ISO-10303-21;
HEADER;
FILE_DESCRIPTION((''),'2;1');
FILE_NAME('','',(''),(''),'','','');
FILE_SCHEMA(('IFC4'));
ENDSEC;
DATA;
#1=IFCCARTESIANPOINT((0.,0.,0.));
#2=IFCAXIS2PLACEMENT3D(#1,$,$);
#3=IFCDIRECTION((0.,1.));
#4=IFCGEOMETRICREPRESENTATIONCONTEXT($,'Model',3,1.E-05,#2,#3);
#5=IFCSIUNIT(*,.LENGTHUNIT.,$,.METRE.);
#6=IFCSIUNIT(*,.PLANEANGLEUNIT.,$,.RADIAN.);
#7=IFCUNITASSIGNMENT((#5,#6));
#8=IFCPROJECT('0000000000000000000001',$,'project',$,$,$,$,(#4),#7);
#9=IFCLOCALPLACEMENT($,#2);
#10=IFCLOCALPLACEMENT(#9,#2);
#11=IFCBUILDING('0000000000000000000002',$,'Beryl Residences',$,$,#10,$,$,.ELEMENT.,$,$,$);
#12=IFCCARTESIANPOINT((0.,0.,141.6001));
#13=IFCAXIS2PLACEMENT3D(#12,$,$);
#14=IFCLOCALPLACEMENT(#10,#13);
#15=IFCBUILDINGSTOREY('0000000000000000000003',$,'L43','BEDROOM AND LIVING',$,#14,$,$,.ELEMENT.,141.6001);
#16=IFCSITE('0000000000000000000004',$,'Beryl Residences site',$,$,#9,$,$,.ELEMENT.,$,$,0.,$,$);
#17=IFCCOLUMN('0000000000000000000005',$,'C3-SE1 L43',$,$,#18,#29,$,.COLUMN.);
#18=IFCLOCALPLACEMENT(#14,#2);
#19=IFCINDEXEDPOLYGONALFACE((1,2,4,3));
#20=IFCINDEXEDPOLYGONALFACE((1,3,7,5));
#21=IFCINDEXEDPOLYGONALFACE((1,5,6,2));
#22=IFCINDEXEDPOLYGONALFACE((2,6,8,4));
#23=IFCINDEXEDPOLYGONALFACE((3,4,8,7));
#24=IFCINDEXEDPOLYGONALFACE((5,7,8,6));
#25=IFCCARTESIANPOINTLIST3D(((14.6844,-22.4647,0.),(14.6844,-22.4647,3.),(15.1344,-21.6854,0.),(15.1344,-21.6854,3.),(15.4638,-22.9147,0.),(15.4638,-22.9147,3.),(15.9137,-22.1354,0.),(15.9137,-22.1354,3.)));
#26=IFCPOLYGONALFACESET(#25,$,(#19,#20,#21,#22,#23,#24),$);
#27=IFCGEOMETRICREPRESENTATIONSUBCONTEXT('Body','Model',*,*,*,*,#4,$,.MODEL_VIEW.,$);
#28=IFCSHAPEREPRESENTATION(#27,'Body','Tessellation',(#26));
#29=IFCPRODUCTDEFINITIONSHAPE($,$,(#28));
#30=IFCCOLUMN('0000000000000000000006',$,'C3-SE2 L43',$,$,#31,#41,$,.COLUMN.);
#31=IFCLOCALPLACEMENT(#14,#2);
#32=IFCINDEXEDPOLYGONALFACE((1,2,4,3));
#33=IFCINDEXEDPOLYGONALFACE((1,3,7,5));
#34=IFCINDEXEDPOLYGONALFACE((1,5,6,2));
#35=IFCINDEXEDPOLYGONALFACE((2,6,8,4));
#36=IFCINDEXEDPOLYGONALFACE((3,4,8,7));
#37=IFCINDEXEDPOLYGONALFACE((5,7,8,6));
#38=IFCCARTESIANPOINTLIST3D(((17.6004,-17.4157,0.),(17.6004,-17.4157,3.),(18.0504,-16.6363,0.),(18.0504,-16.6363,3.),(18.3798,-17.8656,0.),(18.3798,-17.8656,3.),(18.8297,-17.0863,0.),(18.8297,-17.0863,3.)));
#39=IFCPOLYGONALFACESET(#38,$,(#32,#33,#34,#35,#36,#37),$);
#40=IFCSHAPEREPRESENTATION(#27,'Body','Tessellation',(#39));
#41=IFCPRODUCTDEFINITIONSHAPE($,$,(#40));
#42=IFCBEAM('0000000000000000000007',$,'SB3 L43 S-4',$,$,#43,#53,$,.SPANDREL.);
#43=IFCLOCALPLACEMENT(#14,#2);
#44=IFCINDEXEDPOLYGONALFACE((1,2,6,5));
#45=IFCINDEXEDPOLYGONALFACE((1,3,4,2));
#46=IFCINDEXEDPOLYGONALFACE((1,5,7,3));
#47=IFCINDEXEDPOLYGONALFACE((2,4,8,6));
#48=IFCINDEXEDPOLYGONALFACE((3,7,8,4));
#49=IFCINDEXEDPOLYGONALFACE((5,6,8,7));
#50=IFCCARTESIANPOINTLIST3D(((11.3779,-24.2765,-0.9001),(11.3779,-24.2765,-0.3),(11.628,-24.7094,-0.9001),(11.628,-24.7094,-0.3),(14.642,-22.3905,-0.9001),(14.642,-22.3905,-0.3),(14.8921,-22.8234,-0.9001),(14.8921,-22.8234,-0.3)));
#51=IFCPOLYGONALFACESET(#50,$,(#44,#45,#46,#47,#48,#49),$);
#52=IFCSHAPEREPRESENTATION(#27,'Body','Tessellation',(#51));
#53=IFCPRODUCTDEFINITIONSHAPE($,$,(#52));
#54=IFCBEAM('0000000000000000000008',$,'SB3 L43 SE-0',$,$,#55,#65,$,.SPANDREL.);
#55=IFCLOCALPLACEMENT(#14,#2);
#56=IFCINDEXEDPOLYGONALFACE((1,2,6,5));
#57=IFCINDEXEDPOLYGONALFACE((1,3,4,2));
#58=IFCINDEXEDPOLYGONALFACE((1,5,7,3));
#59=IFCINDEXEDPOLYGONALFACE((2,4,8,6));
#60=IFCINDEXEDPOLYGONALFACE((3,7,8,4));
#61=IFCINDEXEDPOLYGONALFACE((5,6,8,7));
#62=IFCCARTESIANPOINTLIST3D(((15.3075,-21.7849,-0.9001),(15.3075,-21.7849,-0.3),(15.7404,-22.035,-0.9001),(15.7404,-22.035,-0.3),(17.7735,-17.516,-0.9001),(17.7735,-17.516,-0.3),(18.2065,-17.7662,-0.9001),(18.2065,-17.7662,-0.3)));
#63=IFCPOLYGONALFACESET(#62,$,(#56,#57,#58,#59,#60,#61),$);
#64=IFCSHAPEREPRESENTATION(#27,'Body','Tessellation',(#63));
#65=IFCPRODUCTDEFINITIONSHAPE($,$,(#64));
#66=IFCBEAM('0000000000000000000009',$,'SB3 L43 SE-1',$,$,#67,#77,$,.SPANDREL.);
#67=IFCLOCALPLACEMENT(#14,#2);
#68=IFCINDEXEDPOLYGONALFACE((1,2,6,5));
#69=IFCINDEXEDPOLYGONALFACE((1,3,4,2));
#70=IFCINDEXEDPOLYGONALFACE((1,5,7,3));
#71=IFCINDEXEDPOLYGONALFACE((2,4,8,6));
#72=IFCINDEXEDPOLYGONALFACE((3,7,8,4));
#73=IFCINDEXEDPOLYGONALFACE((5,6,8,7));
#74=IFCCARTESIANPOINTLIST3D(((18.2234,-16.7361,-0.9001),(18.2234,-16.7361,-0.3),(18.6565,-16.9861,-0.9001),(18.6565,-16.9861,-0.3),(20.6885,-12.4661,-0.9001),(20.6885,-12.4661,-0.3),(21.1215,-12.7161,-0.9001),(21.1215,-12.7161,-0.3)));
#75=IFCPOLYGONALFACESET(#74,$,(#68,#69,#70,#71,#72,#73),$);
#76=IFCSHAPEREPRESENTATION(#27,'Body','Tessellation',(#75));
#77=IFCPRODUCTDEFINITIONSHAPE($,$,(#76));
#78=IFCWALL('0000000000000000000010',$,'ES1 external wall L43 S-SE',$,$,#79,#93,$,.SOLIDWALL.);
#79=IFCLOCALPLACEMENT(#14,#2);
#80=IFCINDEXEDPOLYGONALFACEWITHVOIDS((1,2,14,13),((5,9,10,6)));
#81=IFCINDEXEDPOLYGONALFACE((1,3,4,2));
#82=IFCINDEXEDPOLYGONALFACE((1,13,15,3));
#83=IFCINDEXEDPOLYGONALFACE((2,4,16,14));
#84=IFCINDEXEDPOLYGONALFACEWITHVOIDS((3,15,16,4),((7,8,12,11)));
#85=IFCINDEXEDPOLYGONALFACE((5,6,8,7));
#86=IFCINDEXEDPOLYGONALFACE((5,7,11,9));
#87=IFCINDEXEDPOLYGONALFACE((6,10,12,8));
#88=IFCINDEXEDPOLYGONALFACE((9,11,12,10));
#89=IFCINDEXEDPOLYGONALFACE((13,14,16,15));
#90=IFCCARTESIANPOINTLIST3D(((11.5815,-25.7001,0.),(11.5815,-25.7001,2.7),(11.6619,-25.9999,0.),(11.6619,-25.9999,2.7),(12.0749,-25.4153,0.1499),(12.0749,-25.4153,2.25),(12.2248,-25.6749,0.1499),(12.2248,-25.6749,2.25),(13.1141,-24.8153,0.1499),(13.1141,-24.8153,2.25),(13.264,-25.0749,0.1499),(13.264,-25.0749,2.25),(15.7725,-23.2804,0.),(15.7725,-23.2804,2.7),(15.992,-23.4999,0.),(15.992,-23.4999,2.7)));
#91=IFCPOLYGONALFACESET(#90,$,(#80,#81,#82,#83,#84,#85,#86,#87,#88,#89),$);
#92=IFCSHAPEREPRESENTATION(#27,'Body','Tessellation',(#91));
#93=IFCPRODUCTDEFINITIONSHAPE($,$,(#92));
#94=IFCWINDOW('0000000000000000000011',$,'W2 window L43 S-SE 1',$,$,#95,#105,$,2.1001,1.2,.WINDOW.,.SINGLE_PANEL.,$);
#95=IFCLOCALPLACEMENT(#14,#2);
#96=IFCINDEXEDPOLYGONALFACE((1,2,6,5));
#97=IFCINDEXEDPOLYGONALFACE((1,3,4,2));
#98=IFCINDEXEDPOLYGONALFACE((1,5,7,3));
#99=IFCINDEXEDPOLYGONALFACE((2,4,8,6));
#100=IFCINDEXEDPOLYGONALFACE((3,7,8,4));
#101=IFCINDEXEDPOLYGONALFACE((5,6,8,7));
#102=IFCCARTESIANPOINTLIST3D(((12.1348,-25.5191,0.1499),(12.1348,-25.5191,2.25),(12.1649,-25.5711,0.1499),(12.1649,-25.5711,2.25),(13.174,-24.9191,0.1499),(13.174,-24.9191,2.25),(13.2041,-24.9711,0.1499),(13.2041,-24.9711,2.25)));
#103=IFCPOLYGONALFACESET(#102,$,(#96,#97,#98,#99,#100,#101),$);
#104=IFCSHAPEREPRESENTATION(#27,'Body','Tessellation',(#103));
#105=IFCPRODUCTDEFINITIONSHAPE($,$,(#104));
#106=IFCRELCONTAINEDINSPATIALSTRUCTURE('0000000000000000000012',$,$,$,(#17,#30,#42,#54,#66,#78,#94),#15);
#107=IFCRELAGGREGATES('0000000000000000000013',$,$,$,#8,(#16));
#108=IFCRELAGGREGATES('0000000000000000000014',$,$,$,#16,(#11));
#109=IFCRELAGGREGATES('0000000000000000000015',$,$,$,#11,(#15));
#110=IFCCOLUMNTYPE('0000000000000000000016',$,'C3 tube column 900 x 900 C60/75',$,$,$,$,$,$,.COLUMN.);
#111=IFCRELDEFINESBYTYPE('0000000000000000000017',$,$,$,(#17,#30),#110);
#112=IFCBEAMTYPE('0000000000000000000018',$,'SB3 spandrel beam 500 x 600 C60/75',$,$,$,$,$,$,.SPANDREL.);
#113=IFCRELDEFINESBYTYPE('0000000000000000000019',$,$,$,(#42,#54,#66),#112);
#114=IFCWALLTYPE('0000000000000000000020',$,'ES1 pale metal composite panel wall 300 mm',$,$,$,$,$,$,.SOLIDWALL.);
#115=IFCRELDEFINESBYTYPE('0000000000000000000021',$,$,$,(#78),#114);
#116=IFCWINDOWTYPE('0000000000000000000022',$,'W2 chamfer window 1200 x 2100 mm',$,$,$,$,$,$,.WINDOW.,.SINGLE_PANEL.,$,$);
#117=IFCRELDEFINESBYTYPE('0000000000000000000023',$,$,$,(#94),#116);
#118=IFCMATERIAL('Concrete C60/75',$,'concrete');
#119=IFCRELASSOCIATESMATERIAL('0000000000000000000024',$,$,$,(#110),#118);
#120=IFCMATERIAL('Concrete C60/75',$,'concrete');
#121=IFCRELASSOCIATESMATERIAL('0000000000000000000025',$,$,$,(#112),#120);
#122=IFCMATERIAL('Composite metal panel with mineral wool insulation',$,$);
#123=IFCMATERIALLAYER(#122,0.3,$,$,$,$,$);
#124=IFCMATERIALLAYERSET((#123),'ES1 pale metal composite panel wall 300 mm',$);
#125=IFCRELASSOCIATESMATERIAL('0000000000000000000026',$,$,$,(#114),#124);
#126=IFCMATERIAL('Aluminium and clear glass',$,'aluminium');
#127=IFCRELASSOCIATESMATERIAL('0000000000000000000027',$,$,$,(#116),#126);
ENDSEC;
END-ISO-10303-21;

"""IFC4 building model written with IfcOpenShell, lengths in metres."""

from ifc_helpers import new_model, si_unit, direction, frame, frame_2d, origin, origin_2d, place, context, subcontext, project, spatial, polyline, rectangle, outline, extrude, material, layer, layer_set, material_profile, profile_set, type_object, element, fill, save


model = new_model("IFC4")

# Units and contexts
model_context = context("Model", 3, precision=1e-05, world=origin(), true_north=direction((0.0, 1.0)))
body_context = subcontext(model_context, "Body", "Model", "MODEL_VIEW")
ifc_project = project(units=[si_unit("LENGTHUNIT", "METRE"), si_unit("PLANEANGLEUNIT", "RADIAN")], contexts=[model_context])

# Site, building, storey
site_placement = place(None, origin())
site = spatial("IfcSite", under=ifc_project, at=site_placement, Name="Beryl Residences site", CompositionType="ELEMENT", RefElevation=0.0)
building_placement = place(site_placement, origin())
building = spatial("IfcBuilding", under=site, at=building_placement, Name="Beryl Residences", CompositionType="ELEMENT")
storey_placement = place(building_placement, frame((0.0, 0.0, 141.6001)))
storey = spatial("IfcBuildingStorey", under=building, at=storey_placement, Name="L43", Description="BEDROOM AND LIVING", CompositionType="ELEMENT", Elevation=141.6001)

# Columns
ifc_material_1 = material(Name="Concrete C60/75", Category="concrete")
ifc_material_profile_1 = material_profile(ifc_material_1, rectangle(XDim=0.8999, YDim=0.8999, at=origin_2d()))
ifc_profile_set_1 = profile_set([ifc_material_profile_1], Name="Concrete C60/75")
column_type = type_object("IfcColumnType", Name="C3 tube column 900 x 900 C60/75", PredefinedType="COLUMN", material=ifc_profile_set_1)
for number, where, z_axis, x_axis, name in (
    (1, (15.2991, -22.3, 0.0), (0.0, 0.0, 1.0), (0.5, 0.866025, 0.0), "C3-SE1 L43"),
    (2, (18.2151, -17.251, 0.0), (0.0, 0.0, 1.0), (0.5, 0.866025, 0.0), "C3-SE2 L43"),
):
    element("IfcColumn", number, at=place(storey_placement, frame(where, z_axis=z_axis, x_axis=x_axis)), inside=storey, type_object=column_type, Name=name, PredefinedType="COLUMN", context=body_context, shape_type="SweptSolid", body=[
        extrude(rectangle(XDim=0.8999, YDim=0.8999, at=origin_2d()), origin(), (0.0, 0.0, 1.0), 3.0),
    ])

# Beams
ifc_material_2 = material(Name="Concrete C60/75", Category="concrete")
ifc_material_profile_2 = material_profile(ifc_material_2, rectangle(XDim=0.5, YDim=0.6001, at=origin_2d()))
ifc_profile_set_2 = profile_set([ifc_material_profile_2], Name="Concrete C60/75")
beam_type = type_object("IfcBeamType", Name="SB3 spandrel beam 500 x 600 C60/75", PredefinedType="SPANDREL", material=ifc_profile_set_2)
beam_1_placement = place(storey_placement, frame((11.5029, -24.4929, -0.6001), z_axis=(0.865862, 0.500283, 0.0), x_axis=(-0.500283, 0.865862, 0.0)))
element("IfcBeam", 3, at=beam_1_placement, inside=storey, type_object=beam_type, Name="SB3 L43 S-4", PredefinedType="SPANDREL", context=body_context, shape_type="SweptSolid", body=[
    extrude(rectangle(XDim=0.5, YDim=0.6001, at=origin_2d()), origin(), (0.0, 0.0, 1.0), 3.7698),
])
beam_2_placement = place(storey_placement, frame((15.5239, -21.9099, -0.6001), z_axis=(0.500224, 0.865896, 0.0), x_axis=(-0.865896, 0.500224, 0.0)))
element("IfcBeam", 4, at=beam_2_placement, inside=storey, type_object=beam_type, Name="SB3 L43 SE-0", PredefinedType="SPANDREL", context=body_context, shape_type="SweptSolid", body=[
    extrude(rectangle(XDim=0.5, YDim=0.6001, at=origin_2d()), origin(), (0.0, 0.0, 1.0), 4.9299),
])
beam_3_placement = place(storey_placement, frame((18.4399, -16.8611, -0.6001), z_axis=(0.499968, 0.866044, 0.0), x_axis=(-0.866044, 0.499968, 0.0)))
element("IfcBeam", 5, at=beam_3_placement, inside=storey, type_object=beam_type, Name="SB3 L43 SE-1", PredefinedType="SPANDREL", context=body_context, shape_type="SweptSolid", body=[
    extrude(rectangle(XDim=0.5, YDim=0.6001, at=origin_2d()), origin(), (0.0, 0.0, 1.0), 4.9304),
])

# Wall, opening, window
ifc_material_3 = material(Name="Composite metal panel with mineral wool insulation")
ifc_layer_1 = layer(ifc_material_3, 0.3)
ifc_layer_set_1 = layer_set([ifc_layer_1], Name="ES1 pale metal composite panel wall 300 mm")
wall_type_1 = type_object("IfcWallType", Name="ES1 pale metal composite panel wall 300 mm", PredefinedType="SOLIDWALL", material=ifc_layer_set_1)
wall_1_placement = place(storey_placement, frame((11.5869, -25.8701, 0.0), z_axis=(0.0, 0.0, 1.0), x_axis=(0.866023, 0.500004, 0.0)))
wall_1 = element("IfcWall", 6, at=wall_1_placement, inside=storey, type_object=wall_type_1, Name="ES1 external wall L43 S-SE", PredefinedType="SOLIDWALL", context=body_context, shape_type="SweptSolid", body=[
    extrude(outline(polyline([(0.0, -0.1499), (5.0, -0.1499), (4.9197, 0.1499), (0.0803, 0.1499), (0.0, -0.1499)])), origin(), (0.0, 0.0, 1.0), 2.7),
])
opening_1_placement = place(wall_1_placement, frame((0.6499, 0.0, 0.1499)))
opening_1 = element("IfcOpeningElement", 7, at=opening_1_placement, cuts=wall_1, PredefinedType="OPENING", context=body_context, shape_type="SweptSolid", body=[
    extrude(rectangle(XDim=1.2, YDim=2.1001, at=frame_2d((0.6001, 1.05))), frame((0.0, 0.1599, 0.0), z_axis=(0.0, -1.0, 0.0), x_axis=(1.0, 0.0, 0.0)), (0.0, 0.0, 1.0), 0.3201),
])
ifc_material_4 = material(Name="Aluminium and clear glass", Category="aluminium")
window_type_1 = type_object("IfcWindowType", Name="W2 chamfer window 1200 x 2100 mm", PartitioningType="SINGLE_PANEL", PredefinedType="WINDOW", material=ifc_material_4)
window_1_placement = place(opening_1_placement, origin())
window_1 = element("IfcWindow", 8, at=window_1_placement, inside=storey, type_object=window_type_1, Name="W2 window L43 S-SE 1", OverallHeight=2.1001, OverallWidth=1.2, PartitioningType="SINGLE_PANEL", PredefinedType="WINDOW", context=body_context, shape_type="SweptSolid", body=[
    extrude(rectangle(XDim=1.2, YDim=2.1001, at=frame_2d((0.6001, 1.05))), frame((0.0, 0.03, 0.0), z_axis=(0.0, -1.0, 0.0), x_axis=(1.0, 0.0, 0.0)), (0.0, 0.0, 1.0), 0.0601),
])
fill(opening_1, window_1)

save(model, "model.ifc")
